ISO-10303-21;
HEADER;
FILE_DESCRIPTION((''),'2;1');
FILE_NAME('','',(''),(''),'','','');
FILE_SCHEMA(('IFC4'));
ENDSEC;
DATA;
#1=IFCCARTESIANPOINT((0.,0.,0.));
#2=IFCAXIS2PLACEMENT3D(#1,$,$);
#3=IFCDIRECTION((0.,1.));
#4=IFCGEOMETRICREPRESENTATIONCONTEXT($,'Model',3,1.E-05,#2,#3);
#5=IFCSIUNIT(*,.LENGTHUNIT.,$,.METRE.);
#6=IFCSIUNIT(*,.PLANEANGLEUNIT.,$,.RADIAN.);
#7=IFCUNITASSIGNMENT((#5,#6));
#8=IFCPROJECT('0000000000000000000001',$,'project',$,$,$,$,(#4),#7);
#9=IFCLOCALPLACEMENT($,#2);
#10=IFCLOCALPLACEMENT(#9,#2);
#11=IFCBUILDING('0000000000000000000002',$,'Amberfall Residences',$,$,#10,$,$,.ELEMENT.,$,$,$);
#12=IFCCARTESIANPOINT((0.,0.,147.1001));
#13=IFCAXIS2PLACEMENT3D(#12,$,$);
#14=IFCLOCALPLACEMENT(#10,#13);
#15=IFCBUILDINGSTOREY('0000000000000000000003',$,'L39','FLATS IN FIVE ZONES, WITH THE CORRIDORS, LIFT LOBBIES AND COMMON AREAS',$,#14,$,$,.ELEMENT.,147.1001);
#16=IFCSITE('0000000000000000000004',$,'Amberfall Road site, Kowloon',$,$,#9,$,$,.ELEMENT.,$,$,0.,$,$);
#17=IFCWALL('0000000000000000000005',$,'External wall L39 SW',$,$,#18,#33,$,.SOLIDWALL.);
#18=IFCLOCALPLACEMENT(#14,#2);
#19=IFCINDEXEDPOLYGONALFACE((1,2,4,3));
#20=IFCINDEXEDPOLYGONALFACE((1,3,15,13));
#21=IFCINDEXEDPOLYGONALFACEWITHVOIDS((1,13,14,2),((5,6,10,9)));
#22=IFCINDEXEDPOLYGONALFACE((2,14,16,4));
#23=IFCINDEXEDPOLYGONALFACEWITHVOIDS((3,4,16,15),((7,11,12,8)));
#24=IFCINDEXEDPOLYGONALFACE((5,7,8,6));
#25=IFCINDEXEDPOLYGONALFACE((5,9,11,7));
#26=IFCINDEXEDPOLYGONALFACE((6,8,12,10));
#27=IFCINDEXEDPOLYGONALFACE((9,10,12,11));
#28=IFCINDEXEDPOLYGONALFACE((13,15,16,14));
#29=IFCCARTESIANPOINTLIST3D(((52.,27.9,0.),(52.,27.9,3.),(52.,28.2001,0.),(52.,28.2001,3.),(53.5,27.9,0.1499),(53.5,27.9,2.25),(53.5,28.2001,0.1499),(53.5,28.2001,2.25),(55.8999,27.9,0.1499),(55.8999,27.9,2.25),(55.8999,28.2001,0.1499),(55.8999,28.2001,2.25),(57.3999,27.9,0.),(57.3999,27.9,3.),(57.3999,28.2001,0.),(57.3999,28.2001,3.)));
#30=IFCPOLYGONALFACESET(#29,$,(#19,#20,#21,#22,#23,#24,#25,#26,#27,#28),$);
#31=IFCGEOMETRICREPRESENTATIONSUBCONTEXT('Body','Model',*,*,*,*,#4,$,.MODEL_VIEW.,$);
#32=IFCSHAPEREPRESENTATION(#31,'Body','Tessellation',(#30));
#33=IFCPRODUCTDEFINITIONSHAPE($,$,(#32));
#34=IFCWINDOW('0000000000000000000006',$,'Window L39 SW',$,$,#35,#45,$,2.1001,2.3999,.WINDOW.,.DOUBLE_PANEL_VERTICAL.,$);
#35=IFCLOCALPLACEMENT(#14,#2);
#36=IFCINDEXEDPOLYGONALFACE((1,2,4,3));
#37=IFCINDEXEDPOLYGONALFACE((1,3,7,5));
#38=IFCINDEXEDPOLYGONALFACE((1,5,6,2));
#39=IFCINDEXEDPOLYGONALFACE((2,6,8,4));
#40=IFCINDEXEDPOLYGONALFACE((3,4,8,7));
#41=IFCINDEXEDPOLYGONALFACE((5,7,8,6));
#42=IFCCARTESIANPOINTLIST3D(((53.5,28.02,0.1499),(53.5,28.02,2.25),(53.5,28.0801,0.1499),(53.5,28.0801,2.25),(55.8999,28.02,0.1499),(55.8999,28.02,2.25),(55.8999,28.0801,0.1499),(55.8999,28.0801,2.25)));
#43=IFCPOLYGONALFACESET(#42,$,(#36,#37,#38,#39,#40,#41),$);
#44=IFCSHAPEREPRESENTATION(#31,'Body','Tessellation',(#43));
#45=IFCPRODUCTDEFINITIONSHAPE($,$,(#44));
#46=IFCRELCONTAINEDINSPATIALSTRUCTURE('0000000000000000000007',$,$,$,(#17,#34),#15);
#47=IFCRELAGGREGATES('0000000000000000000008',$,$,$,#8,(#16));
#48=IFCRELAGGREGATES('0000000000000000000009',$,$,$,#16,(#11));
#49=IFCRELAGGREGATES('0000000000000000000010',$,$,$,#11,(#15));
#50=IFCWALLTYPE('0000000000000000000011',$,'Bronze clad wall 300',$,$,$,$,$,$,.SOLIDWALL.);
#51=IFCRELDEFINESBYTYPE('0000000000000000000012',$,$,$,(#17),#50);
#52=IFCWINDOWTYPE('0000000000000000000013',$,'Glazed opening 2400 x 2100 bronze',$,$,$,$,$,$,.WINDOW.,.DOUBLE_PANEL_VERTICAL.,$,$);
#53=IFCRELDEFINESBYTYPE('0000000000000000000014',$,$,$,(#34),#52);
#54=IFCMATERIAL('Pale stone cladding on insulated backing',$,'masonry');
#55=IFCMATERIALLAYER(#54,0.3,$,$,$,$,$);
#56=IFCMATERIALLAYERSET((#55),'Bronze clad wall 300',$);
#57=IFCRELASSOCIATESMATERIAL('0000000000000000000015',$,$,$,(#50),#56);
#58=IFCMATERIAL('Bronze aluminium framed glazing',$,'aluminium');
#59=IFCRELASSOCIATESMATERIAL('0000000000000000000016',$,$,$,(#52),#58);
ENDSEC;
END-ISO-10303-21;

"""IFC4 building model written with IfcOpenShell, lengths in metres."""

from ifc_helpers import new_model, si_unit, direction, frame, frame_2d, origin, place, context, subcontext, project, spatial, rectangle, extrude, material, layer, layer_set, type_object, element, fill, save


model = new_model("IFC4")

# Units and contexts
model_context = context("Model", 3, precision=1e-05, world=origin(), true_north=direction((0.0, 1.0)))
body_context = subcontext(model_context, "Body", "Model", "MODEL_VIEW")
ifc_project = project(units=[si_unit("LENGTHUNIT", "METRE"), si_unit("PLANEANGLEUNIT", "RADIAN")], contexts=[model_context])

# Site, building, storey
site_placement = place(None, origin())
site = spatial("IfcSite", under=ifc_project, at=site_placement, Name="Amberfall Road site, Kowloon", CompositionType="ELEMENT", RefElevation=0.0)
building_placement = place(site_placement, origin())
building = spatial("IfcBuilding", under=site, at=building_placement, Name="Amberfall Residences", CompositionType="ELEMENT")
storey_placement = place(building_placement, frame((0.0, 0.0, 147.1001)))
storey = spatial("IfcBuildingStorey", under=building, at=storey_placement, Name="L39", Description="FLATS IN FIVE ZONES, WITH THE CORRIDORS, LIFT LOBBIES AND COMMON AREAS", CompositionType="ELEMENT", Elevation=147.1001)

# Wall, opening, window
ifc_material_1 = material(Name="Pale stone cladding on insulated backing", Category="masonry")
ifc_layer_1 = layer(ifc_material_1, 0.3)
ifc_layer_set_1 = layer_set([ifc_layer_1], Name="Bronze clad wall 300")
wall_type = type_object("IfcWallType", Name="Bronze clad wall 300", PredefinedType="SOLIDWALL", material=ifc_layer_set_1)
wall_placement = place(storey_placement, frame((52.0, 28.05, 0.0), z_axis=(0.0, 0.0, 1.0), x_axis=(1.0, 0.0, 0.0)))
wall = element("IfcWall", 1, at=wall_placement, inside=storey, type_object=wall_type, Name="External wall L39 SW", PredefinedType="SOLIDWALL", context=body_context, shape_type="SweptSolid", body=[
    extrude(rectangle(XDim=5.3999, YDim=0.3, at=frame_2d((2.7, 0.0))), origin(), (0.0, 0.0, 1.0), 3.0),
])
opening_placement = place(wall_placement, frame((1.5, 0.0, 0.1499)))
opening = element("IfcOpeningElement", 2, at=opening_placement, cuts=wall, PredefinedType="OPENING", context=body_context, shape_type="SweptSolid", body=[
    extrude(rectangle(XDim=2.3999, YDim=2.1001, at=frame_2d((1.2, 1.05))), frame((0.0, 0.1599, 0.0), z_axis=(0.0, -1.0, 0.0), x_axis=(1.0, 0.0, 0.0)), (0.0, 0.0, 1.0), 0.3201),
])
ifc_material_2 = material(Name="Bronze aluminium framed glazing", Category="aluminium")
window_type = type_object("IfcWindowType", Name="Glazed opening 2400 x 2100 bronze", PartitioningType="DOUBLE_PANEL_VERTICAL", PredefinedType="WINDOW", material=ifc_material_2)
window_placement = place(opening_placement, origin())
window = element("IfcWindow", 3, at=window_placement, inside=storey, type_object=window_type, Name="Window L39 SW", OverallHeight=2.1001, OverallWidth=2.3999, PartitioningType="DOUBLE_PANEL_VERTICAL", PredefinedType="WINDOW", context=body_context, shape_type="SweptSolid", body=[
    extrude(rectangle(XDim=2.3999, YDim=2.1001, at=frame_2d((1.2, 1.05))), frame((0.0, 0.03, 0.0), z_axis=(0.0, -1.0, 0.0), x_axis=(1.0, 0.0, 0.0)), (0.0, 0.0, 1.0), 0.0601),
])
fill(opening, window)

save(model, "model.ifc")
